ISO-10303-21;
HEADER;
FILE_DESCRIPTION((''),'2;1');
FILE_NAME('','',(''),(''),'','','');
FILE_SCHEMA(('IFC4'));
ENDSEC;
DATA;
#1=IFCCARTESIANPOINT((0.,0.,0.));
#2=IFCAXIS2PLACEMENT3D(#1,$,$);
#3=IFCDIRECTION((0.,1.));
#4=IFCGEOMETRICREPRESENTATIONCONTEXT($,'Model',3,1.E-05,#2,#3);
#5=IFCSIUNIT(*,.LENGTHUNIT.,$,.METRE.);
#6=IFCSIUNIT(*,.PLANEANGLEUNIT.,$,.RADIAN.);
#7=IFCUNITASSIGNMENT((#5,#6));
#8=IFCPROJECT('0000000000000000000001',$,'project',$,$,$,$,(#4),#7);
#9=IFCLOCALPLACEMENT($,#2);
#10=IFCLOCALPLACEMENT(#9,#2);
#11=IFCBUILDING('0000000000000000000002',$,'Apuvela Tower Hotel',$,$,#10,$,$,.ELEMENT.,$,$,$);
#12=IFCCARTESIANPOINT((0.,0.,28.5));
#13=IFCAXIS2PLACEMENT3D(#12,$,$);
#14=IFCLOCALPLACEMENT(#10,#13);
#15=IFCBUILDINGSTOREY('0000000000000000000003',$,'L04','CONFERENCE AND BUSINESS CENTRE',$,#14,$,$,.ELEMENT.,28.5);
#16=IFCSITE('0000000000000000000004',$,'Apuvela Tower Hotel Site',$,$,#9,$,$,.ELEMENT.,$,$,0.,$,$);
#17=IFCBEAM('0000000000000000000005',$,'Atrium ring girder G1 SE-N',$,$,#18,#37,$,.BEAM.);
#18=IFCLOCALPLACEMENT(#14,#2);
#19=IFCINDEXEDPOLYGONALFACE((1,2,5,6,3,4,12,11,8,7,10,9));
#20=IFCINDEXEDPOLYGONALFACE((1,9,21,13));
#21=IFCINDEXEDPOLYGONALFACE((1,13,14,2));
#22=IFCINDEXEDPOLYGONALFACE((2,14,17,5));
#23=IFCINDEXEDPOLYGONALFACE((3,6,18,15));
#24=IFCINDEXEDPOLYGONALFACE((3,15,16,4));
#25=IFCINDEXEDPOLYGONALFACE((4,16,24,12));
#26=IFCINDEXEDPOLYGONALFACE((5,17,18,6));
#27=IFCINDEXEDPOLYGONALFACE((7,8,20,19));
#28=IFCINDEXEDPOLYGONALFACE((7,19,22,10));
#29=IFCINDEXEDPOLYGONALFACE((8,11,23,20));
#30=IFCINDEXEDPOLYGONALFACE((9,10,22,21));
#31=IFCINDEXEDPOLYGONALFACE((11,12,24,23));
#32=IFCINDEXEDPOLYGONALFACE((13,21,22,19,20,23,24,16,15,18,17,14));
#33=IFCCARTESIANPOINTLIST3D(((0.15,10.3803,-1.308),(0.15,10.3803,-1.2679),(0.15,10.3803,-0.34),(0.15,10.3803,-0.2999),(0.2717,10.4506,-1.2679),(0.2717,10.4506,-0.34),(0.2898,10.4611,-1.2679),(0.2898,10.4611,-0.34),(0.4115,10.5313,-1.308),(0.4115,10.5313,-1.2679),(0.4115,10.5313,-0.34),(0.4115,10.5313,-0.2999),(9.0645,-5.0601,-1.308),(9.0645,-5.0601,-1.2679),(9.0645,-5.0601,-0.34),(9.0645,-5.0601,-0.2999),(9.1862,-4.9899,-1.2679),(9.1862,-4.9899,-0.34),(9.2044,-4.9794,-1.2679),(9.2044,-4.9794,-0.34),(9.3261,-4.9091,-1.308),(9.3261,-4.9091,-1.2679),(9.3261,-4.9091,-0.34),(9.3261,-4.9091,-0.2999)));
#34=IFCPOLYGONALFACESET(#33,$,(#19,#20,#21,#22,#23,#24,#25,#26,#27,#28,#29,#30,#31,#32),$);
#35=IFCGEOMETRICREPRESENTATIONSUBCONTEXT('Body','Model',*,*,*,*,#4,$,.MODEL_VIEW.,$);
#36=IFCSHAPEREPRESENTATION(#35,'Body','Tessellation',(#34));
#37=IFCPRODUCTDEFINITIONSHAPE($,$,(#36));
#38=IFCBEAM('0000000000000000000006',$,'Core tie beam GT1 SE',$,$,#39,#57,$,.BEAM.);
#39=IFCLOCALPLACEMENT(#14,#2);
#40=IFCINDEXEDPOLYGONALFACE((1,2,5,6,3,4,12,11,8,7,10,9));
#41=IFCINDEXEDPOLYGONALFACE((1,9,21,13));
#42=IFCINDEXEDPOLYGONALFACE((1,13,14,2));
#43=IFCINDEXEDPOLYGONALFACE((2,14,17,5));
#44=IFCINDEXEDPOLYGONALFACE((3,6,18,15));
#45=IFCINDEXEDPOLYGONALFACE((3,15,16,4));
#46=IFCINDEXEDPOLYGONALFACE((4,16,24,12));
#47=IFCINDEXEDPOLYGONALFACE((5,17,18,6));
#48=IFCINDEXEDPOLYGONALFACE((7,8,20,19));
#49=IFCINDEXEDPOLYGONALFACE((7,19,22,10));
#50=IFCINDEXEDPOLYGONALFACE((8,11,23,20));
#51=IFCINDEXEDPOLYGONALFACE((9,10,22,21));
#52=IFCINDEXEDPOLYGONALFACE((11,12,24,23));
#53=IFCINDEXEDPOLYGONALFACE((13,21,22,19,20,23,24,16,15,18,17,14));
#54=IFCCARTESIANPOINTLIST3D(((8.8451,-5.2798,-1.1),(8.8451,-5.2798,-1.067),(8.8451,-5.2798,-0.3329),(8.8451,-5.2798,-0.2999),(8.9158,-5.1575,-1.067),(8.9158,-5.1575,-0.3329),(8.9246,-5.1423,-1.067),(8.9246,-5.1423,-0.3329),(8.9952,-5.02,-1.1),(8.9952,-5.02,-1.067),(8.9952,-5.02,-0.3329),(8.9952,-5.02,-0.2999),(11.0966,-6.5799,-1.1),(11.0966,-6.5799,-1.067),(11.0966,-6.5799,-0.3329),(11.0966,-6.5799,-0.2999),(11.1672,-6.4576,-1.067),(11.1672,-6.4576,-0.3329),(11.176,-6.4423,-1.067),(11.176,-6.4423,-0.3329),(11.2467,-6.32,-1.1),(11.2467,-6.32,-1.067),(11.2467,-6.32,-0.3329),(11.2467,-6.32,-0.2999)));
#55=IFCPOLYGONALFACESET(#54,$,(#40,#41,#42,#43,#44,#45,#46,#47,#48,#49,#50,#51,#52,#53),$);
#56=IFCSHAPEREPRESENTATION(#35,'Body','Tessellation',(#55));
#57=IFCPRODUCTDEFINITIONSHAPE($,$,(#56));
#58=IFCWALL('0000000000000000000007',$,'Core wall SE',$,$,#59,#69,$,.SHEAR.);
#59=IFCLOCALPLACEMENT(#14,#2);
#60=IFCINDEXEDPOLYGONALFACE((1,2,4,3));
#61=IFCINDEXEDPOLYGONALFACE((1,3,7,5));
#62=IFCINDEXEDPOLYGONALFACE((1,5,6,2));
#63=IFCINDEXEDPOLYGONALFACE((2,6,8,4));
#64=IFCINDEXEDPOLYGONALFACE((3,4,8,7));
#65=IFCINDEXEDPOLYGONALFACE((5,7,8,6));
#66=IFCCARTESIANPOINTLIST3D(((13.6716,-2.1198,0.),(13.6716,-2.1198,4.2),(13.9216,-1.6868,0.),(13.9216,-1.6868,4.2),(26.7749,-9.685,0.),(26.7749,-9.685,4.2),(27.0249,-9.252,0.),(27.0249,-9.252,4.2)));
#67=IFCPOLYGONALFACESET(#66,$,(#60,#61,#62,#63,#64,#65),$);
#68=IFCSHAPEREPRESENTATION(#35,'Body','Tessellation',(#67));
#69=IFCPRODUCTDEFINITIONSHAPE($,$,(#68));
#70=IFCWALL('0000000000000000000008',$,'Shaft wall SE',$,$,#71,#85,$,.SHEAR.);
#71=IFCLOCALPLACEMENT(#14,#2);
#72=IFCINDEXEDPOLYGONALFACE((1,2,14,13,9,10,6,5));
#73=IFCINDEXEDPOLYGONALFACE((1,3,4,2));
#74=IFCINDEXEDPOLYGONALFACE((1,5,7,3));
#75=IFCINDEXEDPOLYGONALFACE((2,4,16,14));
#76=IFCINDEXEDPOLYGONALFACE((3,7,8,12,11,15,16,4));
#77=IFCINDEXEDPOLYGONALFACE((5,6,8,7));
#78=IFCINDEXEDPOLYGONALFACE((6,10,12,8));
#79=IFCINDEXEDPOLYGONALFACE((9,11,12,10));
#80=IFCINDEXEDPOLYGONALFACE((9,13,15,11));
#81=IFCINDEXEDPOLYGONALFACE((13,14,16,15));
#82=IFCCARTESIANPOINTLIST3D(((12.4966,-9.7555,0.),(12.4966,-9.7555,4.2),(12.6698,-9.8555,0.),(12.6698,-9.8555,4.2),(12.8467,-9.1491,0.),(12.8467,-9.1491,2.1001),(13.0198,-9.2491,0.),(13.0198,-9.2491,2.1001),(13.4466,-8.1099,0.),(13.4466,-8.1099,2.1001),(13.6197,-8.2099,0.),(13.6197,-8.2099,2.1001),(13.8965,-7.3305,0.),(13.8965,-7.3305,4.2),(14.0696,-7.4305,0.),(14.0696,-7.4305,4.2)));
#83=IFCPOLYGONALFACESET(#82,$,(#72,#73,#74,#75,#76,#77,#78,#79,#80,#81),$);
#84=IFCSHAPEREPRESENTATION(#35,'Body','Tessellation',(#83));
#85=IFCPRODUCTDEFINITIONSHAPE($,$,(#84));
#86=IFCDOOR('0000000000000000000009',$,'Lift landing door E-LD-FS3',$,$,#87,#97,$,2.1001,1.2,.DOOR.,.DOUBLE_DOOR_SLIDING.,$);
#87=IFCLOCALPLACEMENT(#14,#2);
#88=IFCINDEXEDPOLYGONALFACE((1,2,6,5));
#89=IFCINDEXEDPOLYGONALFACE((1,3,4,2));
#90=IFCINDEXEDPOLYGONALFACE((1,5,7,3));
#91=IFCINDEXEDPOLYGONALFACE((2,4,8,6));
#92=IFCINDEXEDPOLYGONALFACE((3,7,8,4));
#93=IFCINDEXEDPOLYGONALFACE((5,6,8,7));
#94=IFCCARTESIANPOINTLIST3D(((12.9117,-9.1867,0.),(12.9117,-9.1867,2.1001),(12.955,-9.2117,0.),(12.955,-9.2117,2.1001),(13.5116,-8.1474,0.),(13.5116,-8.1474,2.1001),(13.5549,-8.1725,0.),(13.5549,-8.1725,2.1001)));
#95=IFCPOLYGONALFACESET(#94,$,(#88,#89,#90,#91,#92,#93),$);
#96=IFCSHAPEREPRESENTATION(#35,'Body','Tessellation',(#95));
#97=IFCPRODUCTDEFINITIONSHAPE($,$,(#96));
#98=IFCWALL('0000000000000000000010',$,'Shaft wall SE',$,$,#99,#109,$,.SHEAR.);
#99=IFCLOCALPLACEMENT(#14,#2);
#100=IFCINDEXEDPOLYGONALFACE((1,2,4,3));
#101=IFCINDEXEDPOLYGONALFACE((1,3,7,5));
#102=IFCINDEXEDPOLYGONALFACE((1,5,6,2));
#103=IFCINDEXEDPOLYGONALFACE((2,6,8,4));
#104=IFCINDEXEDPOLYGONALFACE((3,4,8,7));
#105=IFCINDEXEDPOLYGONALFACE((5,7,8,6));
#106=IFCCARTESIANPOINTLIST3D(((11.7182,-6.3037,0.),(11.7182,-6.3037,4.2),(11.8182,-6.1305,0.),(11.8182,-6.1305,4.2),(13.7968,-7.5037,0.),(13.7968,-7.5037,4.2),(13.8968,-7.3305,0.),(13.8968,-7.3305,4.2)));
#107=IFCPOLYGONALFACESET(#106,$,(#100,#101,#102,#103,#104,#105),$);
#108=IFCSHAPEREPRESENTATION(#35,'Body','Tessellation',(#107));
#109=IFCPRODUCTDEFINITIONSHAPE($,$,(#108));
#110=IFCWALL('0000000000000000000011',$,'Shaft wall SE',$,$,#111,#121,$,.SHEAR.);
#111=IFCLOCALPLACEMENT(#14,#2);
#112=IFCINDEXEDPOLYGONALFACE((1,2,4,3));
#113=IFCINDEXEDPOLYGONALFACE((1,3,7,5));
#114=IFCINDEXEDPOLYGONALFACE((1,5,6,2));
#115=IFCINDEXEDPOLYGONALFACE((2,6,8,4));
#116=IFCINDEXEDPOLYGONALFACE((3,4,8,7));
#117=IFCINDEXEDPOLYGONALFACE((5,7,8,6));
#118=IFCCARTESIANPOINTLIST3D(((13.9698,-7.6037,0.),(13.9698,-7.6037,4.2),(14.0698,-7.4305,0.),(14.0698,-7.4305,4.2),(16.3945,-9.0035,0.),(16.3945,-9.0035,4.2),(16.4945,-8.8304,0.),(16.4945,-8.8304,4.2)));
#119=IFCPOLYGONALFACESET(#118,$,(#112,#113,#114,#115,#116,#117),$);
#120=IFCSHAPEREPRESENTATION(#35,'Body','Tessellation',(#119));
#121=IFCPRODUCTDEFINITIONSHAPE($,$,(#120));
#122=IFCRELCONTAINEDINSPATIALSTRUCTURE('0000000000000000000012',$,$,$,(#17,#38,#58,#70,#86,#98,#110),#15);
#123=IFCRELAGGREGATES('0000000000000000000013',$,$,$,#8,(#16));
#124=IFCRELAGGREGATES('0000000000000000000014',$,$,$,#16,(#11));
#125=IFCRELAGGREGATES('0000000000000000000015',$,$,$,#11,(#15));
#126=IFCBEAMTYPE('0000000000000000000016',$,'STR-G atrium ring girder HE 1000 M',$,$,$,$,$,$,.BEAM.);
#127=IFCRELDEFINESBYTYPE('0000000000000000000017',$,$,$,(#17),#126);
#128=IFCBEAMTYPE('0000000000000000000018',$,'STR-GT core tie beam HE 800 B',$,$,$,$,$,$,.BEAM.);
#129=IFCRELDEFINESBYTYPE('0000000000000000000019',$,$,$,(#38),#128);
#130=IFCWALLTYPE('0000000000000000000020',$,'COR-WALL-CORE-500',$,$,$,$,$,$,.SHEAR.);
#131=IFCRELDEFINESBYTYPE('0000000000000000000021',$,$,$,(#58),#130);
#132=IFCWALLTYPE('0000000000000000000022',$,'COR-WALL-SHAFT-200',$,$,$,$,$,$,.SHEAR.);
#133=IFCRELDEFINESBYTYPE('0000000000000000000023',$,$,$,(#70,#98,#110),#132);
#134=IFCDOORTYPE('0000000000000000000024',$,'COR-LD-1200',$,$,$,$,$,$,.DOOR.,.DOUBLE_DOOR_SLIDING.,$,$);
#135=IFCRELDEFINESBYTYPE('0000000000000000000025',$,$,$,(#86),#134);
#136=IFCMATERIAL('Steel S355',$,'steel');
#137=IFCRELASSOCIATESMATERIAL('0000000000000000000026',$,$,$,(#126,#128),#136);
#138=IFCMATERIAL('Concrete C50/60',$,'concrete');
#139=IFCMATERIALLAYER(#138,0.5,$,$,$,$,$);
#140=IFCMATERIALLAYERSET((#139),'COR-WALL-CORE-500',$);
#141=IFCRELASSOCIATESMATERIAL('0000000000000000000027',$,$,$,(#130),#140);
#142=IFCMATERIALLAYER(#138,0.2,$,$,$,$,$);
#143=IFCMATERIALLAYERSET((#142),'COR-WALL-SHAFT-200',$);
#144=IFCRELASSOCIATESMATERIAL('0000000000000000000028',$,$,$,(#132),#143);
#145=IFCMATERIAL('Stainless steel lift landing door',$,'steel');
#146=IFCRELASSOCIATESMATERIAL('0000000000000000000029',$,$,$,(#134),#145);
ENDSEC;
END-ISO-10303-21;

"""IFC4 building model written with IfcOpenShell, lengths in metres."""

from ifc_helpers import new_model, si_unit, direction, frame, frame_2d, origin, origin_2d, place, context, subcontext, project, spatial, rectangle, i_section, extrude, material, layer, layer_set, material_profile, profile_set, type_object, element, fill, save


model = new_model("IFC4")

# Units and contexts
model_context = context("Model", 3, precision=1e-05, world=origin(), true_north=direction((0.0, 1.0)))
body_context = subcontext(model_context, "Body", "Model", "MODEL_VIEW")
ifc_project = project(units=[si_unit("LENGTHUNIT", "METRE"), si_unit("PLANEANGLEUNIT", "RADIAN")], contexts=[model_context])

# Site, building, storey
site_placement = place(None, origin())
site = spatial("IfcSite", under=ifc_project, at=site_placement, Name="Apuvela Tower Hotel Site", CompositionType="ELEMENT", RefElevation=0.0)
building_placement = place(site_placement, origin())
building = spatial("IfcBuilding", under=site, at=building_placement, Name="Apuvela Tower Hotel", CompositionType="ELEMENT")
storey_placement = place(building_placement, frame((0.0, 0.0, 28.5)))
storey = spatial("IfcBuildingStorey", under=building, at=storey_placement, Name="L04", Description="CONFERENCE AND BUSINESS CENTRE", CompositionType="ELEMENT", Elevation=28.5)

# Beams
ifc_material_1 = material(Name="Steel S355", Category="steel")
ifc_material_profile_1 = material_profile(ifc_material_1, i_section(OverallWidth=0.302, OverallDepth=1.0081, WebThickness=0.021, FlangeThickness=0.04, at=origin_2d()), Name="HE 1000 M")
ifc_profile_set_1 = profile_set([ifc_material_profile_1], Name="Steel S355")
beam_type_1 = type_object("IfcBeamType", Name="STR-G atrium ring girder HE 1000 M", PredefinedType="BEAM", material=ifc_profile_set_1)
beam_1_placement = place(storey_placement, frame((9.1953, -4.9846, -0.804), z_axis=(-0.500001, 0.866025, 0.0), x_axis=(-0.866025, -0.500001, 0.0)))
element("IfcBeam", 1, at=beam_1_placement, inside=storey, type_object=beam_type_1, Name="Atrium ring girder G1 SE-N", PredefinedType="BEAM", context=body_context, shape_type="SweptSolid", body=[
    extrude(i_section(OverallWidth=0.302, OverallDepth=1.0081, WebThickness=0.021, FlangeThickness=0.04, at=origin_2d()), origin(), (0.0, 0.0, 1.0), 17.8291),
])
ifc_material_profile_2 = material_profile(ifc_material_1, i_section(OverallWidth=0.3, OverallDepth=0.8, WebThickness=0.0176, FlangeThickness=0.033, at=origin_2d()), Name="HE 800 B")
ifc_profile_set_2 = profile_set([ifc_material_profile_2], Name="Steel S355")
beam_type_2 = type_object("IfcBeamType", Name="STR-GT core tie beam HE 800 B", PredefinedType="BEAM", material=ifc_profile_set_2)
beam_2_placement = place(storey_placement, frame((11.1716, -6.45, -0.7), z_axis=(-0.865998, 0.500048, 0.0), x_axis=(-0.500048, -0.865998, 0.0)))
element("IfcBeam", 2, at=beam_2_placement, inside=storey, type_object=beam_type_2, Name="Core tie beam GT1 SE", PredefinedType="BEAM", context=body_context, shape_type="SweptSolid", body=[
    extrude(i_section(OverallWidth=0.3, OverallDepth=0.8, WebThickness=0.0176, FlangeThickness=0.033, at=origin_2d()), origin(), (0.0, 0.0, 1.0), 2.5999),
])

# Wall
ifc_material_2 = material(Name="Concrete C50/60", Category="concrete")
ifc_layer_1 = layer(ifc_material_2, 0.5)
ifc_layer_set_1 = layer_set([ifc_layer_1], Name="COR-WALL-CORE-500")
wall_type_1 = type_object("IfcWallType", Name="COR-WALL-CORE-500", PredefinedType="SHEAR", material=ifc_layer_set_1)
wall_1_placement = place(storey_placement, frame((13.7966, -1.9033, 0.0), z_axis=(0.0, 0.0, 1.0), x_axis=(0.866025, -0.5, 0.0)))
element("IfcWall", 3, at=wall_1_placement, inside=storey, type_object=wall_type_1, Name="Core wall SE", PredefinedType="SHEAR", context=body_context, shape_type="SweptSolid", body=[
    extrude(rectangle(XDim=15.1304, YDim=0.5, at=frame_2d((7.5652, 0.0))), origin(), (0.0, 0.0, 1.0), 4.2),
])

# Wall, opening, door
ifc_layer_2 = layer(ifc_material_2, 0.2)
ifc_layer_set_2 = layer_set([ifc_layer_2], Name="COR-WALL-SHAFT-200")
wall_type_2 = type_object("IfcWallType", Name="COR-WALL-SHAFT-200", PredefinedType="SHEAR", material=ifc_layer_set_2)
wall_2_placement = place(storey_placement, frame((12.5833, -9.8054, 0.0), z_axis=(0.0, 0.0, 1.0), x_axis=(0.499946, 0.866056, 0.0)))
wall_2 = element("IfcWall", 4, at=wall_2_placement, inside=storey, type_object=wall_type_2, Name="Shaft wall SE", PredefinedType="SHEAR", context=body_context, shape_type="SweptSolid", body=[
    extrude(rectangle(XDim=2.8, YDim=0.2, at=frame_2d((1.3999, 0.0))), origin(), (0.0, 0.0, 1.0), 4.2),
])
opening_1_placement = place(wall_2_placement, frame((0.7, 0.0, 0.0)))
opening_1 = element("IfcOpeningElement", 5, at=opening_1_placement, cuts=wall_2, PredefinedType="OPENING", context=body_context, shape_type="SweptSolid", body=[
    extrude(rectangle(XDim=1.2, YDim=2.1001, at=frame_2d((0.6001, 1.05))), frame((0.0, 0.1099, 0.0), z_axis=(0.0, -1.0, 0.0), x_axis=(1.0, 0.0, 0.0)), (0.0, 0.0, 1.0), 0.22),
])
ifc_material_3 = material(Name="Stainless steel lift landing door", Category="steel")
door_type_1 = type_object("IfcDoorType", Name="COR-LD-1200", OperationType="DOUBLE_DOOR_SLIDING", PredefinedType="DOOR", material=ifc_material_3)
door_1_placement = place(opening_1_placement, origin())
door_1 = element("IfcDoor", 6, at=door_1_placement, inside=storey, type_object=door_type_1, Name="Lift landing door E-LD-FS3", OperationType="DOUBLE_DOOR_SLIDING", OverallHeight=2.1001, OverallWidth=1.2, PredefinedType="DOOR", context=body_context, shape_type="SweptSolid", body=[
    extrude(rectangle(XDim=1.2, YDim=2.1001, at=frame_2d((0.6001, 1.05))), frame((0.0, 0.0249, 0.0), z_axis=(0.0, -1.0, 0.0), x_axis=(1.0, 0.0, 0.0)), (0.0, 0.0, 1.0), 0.05),
])
fill(opening_1, door_1)

# Walls
wall_3_placement = place(storey_placement, frame((11.7681, -6.217, 0.0), z_axis=(0.0, 0.0, 1.0), x_axis=(0.86605, -0.499957, 0.0)))
element("IfcWall", 7, at=wall_3_placement, inside=storey, type_object=wall_type_2, Name="Shaft wall SE", PredefinedType="SHEAR", context=body_context, shape_type="SweptSolid", body=[
    extrude(rectangle(XDim=2.4001, YDim=0.2, at=frame_2d((1.2002, 0.0))), origin(), (0.0, 0.0, 1.0), 4.2),
])
wall_4_placement = place(storey_placement, frame((14.0198, -7.5171, 0.0), z_axis=(0.0, 0.0, 1.0), x_axis=(0.866035, -0.499984, 0.0)))
element("IfcWall", 8, at=wall_4_placement, inside=storey, type_object=wall_type_2, Name="Shaft wall SE", PredefinedType="SHEAR", context=body_context, shape_type="SweptSolid", body=[
    extrude(rectangle(XDim=2.7998, YDim=0.2, at=frame_2d((1.3999, 0.0))), origin(), (0.0, 0.0, 1.0), 4.2),
])

save(model, "model.ifc")
